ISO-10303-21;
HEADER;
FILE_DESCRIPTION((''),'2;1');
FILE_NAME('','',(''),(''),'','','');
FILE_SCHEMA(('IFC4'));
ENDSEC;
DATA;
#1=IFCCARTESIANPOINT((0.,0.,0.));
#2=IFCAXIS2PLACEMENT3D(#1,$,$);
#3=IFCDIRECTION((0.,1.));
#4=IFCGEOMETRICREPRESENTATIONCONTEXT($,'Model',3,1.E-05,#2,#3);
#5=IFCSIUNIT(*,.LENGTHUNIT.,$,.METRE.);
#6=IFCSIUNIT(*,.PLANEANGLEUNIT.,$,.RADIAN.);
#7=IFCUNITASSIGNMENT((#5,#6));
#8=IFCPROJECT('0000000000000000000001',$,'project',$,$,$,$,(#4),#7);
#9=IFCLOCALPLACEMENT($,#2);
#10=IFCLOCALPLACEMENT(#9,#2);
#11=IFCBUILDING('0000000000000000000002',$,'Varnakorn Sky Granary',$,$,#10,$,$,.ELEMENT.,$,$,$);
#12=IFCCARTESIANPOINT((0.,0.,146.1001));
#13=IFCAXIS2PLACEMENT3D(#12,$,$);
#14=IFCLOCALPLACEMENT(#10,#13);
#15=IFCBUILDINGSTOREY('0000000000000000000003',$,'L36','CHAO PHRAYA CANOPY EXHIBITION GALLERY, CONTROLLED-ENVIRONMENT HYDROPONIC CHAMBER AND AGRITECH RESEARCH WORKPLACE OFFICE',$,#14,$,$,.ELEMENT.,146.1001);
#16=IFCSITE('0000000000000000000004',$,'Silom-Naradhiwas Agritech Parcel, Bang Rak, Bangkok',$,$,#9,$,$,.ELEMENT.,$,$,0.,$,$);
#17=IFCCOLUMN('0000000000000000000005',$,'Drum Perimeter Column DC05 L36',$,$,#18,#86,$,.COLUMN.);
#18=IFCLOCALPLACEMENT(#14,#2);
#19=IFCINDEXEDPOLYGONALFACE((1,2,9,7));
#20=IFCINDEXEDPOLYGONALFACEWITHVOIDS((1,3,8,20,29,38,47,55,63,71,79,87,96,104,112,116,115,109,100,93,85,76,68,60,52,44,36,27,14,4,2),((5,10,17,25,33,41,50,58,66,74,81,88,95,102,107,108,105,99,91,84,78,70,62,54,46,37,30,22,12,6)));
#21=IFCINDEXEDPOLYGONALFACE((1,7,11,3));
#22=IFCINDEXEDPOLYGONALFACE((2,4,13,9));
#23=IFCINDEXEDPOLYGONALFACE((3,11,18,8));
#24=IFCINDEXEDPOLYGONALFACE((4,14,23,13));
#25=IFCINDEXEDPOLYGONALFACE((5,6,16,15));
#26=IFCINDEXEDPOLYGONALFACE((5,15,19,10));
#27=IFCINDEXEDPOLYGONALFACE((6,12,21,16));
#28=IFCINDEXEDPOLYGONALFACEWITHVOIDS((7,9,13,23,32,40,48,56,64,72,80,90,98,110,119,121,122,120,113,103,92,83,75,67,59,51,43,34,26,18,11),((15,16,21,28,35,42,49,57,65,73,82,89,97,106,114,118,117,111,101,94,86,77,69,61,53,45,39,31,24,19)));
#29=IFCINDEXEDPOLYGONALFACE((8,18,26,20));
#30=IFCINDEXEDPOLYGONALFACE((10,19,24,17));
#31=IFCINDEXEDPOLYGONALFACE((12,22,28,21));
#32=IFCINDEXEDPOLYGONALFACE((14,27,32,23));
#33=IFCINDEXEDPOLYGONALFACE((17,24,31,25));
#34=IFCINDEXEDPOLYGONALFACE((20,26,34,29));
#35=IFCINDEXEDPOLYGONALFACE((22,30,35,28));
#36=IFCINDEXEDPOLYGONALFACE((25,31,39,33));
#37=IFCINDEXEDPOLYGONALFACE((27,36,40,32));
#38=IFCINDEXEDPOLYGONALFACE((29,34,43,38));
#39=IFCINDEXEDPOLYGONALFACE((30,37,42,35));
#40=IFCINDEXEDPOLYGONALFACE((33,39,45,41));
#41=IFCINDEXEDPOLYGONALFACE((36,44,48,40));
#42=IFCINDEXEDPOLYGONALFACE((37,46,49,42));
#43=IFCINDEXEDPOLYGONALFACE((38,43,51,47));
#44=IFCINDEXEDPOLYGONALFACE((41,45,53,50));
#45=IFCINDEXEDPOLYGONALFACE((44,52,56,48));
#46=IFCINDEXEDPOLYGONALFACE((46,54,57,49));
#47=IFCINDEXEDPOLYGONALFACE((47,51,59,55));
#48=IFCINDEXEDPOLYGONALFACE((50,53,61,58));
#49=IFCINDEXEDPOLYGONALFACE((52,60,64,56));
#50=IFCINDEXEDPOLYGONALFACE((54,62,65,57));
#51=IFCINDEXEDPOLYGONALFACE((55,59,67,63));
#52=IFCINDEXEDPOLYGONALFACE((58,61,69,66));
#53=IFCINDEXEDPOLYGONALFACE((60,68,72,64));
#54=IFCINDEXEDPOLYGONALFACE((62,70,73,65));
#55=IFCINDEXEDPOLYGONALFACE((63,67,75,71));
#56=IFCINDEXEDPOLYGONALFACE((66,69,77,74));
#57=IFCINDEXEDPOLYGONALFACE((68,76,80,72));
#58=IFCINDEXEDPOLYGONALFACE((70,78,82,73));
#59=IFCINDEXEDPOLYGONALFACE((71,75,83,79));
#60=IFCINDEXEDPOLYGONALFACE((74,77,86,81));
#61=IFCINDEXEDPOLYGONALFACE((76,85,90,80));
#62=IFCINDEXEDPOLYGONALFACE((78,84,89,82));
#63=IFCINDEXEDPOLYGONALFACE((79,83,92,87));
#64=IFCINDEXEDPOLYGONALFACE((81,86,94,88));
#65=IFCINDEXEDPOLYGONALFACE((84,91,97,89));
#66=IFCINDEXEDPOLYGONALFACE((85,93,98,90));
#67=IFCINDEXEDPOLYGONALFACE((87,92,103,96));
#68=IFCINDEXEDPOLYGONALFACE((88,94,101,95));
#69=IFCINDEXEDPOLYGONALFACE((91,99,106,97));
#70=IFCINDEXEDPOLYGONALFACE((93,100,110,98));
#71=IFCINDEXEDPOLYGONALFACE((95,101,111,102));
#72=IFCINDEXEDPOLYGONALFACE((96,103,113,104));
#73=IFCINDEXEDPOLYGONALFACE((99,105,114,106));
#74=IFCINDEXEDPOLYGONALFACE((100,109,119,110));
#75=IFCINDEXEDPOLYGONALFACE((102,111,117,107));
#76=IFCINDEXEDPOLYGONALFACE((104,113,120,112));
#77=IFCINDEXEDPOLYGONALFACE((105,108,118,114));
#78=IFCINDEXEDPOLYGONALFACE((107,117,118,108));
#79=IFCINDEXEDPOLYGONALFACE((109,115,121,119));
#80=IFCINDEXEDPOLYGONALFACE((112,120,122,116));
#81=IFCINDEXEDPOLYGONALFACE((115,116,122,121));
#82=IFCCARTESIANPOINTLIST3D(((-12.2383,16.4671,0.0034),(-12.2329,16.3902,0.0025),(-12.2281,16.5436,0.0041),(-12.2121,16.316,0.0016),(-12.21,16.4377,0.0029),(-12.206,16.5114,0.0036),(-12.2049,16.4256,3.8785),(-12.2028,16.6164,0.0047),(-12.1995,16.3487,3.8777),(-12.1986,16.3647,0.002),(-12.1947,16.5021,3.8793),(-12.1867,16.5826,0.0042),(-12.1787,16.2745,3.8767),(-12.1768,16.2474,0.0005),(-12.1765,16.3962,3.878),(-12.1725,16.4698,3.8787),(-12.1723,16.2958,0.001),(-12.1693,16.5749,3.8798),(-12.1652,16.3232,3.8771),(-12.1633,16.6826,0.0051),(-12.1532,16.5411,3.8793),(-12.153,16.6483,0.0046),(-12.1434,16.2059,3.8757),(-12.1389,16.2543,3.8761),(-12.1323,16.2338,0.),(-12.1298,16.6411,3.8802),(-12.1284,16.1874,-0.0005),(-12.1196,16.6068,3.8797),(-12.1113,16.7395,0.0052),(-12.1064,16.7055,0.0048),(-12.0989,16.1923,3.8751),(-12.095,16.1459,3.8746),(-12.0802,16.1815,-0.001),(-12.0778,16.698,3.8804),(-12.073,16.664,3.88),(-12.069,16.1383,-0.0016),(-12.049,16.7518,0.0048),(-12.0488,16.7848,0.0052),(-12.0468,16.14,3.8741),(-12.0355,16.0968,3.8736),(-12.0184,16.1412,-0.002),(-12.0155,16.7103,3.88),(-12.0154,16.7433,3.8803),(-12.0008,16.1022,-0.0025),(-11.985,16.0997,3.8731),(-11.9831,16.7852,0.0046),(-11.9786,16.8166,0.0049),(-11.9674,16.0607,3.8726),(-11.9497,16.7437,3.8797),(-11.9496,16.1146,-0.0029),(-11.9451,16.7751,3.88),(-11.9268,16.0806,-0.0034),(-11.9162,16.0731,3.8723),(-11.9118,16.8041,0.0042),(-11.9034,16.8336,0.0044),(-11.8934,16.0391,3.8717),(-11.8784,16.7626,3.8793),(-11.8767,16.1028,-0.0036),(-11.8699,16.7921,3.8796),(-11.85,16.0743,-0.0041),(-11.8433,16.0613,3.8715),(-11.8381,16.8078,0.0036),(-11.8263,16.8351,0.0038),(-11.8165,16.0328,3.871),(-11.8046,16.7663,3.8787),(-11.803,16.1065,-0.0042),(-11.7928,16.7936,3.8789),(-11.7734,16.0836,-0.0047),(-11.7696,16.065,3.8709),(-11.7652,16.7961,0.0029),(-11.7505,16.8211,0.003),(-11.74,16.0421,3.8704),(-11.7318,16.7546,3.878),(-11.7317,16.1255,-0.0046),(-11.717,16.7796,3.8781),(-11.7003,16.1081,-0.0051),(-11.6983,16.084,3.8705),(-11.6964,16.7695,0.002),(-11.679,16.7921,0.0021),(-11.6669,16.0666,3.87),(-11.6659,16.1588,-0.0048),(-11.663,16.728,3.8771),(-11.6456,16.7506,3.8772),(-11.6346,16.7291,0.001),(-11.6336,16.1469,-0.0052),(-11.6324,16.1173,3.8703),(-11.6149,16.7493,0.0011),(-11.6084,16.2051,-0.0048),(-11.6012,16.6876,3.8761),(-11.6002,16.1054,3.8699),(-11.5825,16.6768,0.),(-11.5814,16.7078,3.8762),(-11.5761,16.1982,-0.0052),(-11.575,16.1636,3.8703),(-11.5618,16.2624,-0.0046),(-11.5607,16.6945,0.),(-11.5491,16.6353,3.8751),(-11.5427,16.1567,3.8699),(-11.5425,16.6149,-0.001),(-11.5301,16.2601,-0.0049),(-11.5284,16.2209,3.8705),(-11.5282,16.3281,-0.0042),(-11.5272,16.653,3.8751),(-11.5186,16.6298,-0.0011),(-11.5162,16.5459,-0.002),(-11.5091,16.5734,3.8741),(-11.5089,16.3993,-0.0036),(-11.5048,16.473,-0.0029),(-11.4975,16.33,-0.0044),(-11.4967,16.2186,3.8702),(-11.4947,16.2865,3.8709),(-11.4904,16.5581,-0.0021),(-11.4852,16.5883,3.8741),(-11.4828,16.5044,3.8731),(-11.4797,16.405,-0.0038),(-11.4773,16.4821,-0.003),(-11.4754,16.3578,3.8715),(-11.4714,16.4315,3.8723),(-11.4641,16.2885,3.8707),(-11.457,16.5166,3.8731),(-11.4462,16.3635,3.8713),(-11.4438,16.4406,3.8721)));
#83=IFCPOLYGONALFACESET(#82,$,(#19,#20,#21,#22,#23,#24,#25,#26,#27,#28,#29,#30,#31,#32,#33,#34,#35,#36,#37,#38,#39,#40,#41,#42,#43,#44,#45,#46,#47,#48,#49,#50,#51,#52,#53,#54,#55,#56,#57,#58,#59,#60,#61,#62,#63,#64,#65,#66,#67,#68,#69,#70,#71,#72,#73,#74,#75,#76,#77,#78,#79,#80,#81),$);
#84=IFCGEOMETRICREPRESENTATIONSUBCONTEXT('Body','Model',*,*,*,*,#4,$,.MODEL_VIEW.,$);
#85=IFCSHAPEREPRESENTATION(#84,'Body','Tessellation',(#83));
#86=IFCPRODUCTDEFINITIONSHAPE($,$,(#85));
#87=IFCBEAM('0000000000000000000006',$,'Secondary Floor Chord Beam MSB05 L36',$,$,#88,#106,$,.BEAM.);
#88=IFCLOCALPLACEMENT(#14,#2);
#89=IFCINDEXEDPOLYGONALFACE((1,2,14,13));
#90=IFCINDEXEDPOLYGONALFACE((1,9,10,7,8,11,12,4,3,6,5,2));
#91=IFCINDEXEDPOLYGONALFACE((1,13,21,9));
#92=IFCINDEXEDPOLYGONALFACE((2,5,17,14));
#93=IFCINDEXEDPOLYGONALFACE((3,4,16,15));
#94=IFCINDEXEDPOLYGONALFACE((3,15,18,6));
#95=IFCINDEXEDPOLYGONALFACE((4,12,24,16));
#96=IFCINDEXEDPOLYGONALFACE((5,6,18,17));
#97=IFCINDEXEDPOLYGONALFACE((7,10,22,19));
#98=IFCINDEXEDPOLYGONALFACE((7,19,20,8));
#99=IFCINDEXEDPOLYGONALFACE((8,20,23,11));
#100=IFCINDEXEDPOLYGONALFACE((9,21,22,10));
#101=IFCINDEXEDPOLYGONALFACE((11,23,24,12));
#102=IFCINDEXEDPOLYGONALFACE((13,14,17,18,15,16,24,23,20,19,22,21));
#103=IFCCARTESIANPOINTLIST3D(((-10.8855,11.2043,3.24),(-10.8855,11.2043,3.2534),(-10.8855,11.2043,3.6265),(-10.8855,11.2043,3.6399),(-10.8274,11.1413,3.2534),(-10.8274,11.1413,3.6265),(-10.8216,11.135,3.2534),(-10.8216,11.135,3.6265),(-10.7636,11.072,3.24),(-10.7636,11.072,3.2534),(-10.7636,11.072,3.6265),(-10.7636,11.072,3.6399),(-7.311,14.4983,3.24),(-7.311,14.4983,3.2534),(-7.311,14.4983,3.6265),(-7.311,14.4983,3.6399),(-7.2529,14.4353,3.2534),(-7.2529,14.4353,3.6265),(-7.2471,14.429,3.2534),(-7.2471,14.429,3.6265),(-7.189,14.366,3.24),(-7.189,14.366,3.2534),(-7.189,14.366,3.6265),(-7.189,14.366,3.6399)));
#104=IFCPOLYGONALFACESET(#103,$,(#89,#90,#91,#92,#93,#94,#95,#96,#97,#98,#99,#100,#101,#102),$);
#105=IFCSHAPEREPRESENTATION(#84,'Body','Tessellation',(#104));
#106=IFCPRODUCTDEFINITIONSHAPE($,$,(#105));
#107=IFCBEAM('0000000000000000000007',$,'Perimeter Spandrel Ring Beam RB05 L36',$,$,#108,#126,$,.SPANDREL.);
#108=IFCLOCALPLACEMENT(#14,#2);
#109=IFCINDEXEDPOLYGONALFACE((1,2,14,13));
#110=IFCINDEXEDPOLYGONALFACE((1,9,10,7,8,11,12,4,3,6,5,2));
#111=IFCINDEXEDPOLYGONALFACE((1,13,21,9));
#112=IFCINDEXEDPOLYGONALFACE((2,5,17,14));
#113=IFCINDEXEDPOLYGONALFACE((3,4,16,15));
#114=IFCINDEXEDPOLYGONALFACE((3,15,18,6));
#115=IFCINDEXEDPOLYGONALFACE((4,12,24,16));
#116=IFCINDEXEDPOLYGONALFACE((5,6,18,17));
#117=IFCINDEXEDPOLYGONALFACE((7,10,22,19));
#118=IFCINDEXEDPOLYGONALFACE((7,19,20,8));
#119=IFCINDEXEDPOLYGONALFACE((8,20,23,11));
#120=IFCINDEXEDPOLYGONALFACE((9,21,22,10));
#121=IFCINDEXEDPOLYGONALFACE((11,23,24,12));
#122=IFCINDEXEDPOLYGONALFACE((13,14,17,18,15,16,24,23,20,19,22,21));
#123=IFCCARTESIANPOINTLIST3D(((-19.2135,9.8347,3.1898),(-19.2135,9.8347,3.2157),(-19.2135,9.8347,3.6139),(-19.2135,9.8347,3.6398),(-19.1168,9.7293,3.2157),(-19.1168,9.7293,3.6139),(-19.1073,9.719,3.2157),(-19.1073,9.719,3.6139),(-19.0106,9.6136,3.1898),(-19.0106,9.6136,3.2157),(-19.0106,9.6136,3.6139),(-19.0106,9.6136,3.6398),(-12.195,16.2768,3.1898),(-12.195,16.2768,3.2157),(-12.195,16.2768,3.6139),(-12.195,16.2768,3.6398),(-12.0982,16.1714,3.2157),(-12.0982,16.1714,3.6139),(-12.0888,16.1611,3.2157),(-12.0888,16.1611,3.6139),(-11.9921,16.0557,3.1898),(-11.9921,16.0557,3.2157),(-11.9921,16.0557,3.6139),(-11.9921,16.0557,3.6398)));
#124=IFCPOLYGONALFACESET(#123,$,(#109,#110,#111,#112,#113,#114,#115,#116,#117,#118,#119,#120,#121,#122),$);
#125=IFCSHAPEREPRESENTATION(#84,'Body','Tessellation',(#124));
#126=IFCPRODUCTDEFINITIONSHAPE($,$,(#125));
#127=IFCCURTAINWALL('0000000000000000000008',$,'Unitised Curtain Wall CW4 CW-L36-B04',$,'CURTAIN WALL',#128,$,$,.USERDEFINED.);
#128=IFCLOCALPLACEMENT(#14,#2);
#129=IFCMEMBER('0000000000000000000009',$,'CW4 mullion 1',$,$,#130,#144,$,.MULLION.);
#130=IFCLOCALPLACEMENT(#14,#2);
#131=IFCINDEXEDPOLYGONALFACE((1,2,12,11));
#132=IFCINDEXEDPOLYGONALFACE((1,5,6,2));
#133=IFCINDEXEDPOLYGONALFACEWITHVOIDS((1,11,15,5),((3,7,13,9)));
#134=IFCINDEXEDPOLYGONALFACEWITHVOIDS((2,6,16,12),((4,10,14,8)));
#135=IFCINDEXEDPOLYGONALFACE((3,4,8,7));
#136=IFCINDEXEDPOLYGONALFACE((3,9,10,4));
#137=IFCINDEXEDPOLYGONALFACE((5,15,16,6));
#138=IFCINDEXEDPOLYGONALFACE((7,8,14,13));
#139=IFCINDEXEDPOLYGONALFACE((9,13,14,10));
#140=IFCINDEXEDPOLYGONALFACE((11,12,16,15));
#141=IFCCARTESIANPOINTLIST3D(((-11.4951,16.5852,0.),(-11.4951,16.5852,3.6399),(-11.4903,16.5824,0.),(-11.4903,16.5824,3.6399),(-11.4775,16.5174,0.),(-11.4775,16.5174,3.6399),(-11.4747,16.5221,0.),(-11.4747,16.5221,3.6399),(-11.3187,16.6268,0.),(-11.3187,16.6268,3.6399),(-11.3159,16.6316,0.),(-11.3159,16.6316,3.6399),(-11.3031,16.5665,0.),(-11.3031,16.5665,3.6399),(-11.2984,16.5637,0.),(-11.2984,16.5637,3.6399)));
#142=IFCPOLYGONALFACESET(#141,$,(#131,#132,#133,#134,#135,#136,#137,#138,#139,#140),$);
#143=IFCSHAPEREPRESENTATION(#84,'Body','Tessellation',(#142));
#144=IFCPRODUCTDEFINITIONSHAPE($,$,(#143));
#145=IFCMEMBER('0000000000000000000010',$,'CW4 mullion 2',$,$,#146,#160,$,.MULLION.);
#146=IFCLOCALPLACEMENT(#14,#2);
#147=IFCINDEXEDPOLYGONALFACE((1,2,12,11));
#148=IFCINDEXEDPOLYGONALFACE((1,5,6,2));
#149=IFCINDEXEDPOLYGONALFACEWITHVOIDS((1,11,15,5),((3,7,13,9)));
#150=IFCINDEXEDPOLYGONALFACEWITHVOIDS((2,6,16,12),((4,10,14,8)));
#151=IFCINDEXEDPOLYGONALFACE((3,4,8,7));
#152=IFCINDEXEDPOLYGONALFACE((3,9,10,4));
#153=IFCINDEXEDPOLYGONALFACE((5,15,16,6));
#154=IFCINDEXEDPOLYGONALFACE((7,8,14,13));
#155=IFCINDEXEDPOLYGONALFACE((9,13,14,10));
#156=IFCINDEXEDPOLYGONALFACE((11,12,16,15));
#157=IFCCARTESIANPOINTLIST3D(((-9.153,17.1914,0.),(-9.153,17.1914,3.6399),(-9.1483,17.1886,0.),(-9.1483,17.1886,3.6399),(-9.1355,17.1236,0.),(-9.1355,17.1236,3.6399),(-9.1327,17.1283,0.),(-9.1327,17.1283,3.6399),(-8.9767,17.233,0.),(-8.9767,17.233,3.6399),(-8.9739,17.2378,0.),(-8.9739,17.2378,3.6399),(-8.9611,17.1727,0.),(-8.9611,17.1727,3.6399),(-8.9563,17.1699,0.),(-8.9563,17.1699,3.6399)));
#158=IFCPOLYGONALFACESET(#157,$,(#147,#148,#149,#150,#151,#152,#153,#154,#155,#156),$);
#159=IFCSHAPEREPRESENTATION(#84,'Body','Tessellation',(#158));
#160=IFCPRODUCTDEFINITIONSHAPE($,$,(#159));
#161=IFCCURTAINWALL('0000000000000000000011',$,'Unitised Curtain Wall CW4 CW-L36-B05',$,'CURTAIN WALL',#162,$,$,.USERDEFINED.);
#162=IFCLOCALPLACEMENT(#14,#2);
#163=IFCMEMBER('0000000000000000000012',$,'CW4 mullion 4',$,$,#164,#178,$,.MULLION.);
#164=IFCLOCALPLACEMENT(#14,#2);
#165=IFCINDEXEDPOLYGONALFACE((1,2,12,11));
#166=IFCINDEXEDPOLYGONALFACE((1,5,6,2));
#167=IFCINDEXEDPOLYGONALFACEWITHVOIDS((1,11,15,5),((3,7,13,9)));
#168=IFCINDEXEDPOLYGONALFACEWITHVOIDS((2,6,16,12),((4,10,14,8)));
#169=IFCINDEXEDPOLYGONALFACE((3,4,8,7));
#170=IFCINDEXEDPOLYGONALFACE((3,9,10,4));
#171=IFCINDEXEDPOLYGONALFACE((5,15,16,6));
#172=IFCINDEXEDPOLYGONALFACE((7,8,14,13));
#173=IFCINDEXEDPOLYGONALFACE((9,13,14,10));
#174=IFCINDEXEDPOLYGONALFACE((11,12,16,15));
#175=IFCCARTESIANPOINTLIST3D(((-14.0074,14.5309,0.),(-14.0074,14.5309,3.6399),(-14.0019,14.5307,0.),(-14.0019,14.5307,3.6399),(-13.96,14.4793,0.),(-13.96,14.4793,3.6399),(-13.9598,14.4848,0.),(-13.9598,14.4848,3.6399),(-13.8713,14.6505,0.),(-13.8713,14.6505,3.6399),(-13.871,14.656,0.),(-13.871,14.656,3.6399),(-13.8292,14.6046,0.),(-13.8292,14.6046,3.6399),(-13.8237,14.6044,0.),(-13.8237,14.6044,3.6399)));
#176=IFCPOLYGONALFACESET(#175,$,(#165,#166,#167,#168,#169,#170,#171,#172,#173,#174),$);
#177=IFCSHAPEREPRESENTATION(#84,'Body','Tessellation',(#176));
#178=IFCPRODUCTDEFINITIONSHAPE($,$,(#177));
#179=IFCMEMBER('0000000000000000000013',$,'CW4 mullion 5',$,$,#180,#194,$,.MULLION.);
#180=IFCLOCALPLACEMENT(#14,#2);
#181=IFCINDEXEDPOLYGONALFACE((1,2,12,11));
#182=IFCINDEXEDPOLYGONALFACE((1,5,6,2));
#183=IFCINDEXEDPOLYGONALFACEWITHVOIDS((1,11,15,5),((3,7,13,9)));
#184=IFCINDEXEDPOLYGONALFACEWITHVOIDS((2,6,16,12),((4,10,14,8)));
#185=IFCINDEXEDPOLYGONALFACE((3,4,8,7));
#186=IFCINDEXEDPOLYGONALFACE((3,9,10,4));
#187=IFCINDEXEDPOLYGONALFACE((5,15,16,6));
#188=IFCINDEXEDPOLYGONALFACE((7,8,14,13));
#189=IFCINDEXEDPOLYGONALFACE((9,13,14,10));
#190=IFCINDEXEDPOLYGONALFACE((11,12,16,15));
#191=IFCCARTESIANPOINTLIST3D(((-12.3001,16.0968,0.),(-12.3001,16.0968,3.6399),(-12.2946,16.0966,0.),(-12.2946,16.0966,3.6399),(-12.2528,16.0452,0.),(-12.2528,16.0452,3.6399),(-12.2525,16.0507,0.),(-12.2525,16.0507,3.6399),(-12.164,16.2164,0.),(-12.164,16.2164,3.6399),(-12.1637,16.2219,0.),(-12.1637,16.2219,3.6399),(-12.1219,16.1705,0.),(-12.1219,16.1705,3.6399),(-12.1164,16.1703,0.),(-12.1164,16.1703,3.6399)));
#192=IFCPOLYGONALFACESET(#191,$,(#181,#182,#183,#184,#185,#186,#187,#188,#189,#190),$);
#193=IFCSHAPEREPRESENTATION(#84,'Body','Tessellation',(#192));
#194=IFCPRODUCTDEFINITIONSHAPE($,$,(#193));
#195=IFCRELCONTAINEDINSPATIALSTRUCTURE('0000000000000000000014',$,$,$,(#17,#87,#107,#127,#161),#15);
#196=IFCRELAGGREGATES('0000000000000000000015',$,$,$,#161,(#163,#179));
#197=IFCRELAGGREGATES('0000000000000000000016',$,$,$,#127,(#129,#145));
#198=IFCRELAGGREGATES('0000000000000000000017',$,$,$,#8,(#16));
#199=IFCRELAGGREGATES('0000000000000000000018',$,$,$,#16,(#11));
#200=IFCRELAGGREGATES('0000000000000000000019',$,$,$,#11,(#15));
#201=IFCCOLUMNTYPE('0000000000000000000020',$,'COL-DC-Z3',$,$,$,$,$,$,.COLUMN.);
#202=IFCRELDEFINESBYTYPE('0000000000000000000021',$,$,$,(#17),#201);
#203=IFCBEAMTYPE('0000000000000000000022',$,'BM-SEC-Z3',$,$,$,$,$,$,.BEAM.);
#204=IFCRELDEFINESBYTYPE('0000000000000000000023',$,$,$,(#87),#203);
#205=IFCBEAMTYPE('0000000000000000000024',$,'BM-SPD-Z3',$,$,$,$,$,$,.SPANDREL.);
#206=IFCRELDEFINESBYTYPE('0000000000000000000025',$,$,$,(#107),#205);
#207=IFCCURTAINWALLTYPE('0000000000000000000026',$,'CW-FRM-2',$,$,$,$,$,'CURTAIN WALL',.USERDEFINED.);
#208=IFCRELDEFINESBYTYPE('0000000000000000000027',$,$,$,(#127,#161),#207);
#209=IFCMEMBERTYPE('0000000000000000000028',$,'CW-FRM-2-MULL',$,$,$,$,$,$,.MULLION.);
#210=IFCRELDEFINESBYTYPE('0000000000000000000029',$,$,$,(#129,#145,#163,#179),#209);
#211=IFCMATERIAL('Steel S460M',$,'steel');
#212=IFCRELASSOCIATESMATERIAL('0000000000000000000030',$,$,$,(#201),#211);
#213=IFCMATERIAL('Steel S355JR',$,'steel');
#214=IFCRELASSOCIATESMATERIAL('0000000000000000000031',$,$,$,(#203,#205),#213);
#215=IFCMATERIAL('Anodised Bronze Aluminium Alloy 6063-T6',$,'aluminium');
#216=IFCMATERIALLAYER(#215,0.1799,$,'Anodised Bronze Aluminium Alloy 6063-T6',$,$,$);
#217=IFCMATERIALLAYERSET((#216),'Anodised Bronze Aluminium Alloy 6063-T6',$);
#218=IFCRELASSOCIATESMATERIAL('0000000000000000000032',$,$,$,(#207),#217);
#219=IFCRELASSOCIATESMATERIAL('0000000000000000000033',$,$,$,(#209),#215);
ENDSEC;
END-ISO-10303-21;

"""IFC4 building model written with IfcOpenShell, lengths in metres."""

from ifc_helpers import new_model, si_unit, direction, frame, origin, origin_2d, place, context, subcontext, project, spatial, hollow_rectangle, hollow_circle, i_section, extrude, material, layer, layer_set, material_profile, profile_set, type_object, element, aggregate, save


model = new_model("IFC4")

# Units and contexts
model_context = context("Model", 3, precision=1e-05, world=origin(), true_north=direction((0.0, 1.0)))
body_context = subcontext(model_context, "Body", "Model", "MODEL_VIEW")
ifc_project = project(units=[si_unit("LENGTHUNIT", "METRE"), si_unit("PLANEANGLEUNIT", "RADIAN")], contexts=[model_context])

# Site, building, storey
site_placement = place(None, origin())
site = spatial("IfcSite", under=ifc_project, at=site_placement, Name="Silom-Naradhiwas Agritech Parcel, Bang Rak, Bangkok", CompositionType="ELEMENT", RefElevation=0.0)
building_placement = place(site_placement, origin())
building = spatial("IfcBuilding", under=site, at=building_placement, Name="Varnakorn Sky Granary", CompositionType="ELEMENT")
storey_placement = place(building_placement, frame((0.0, 0.0, 146.1001)))
storey = spatial("IfcBuildingStorey", under=building, at=storey_placement, Name="L36", Description="CHAO PHRAYA CANOPY EXHIBITION GALLERY, CONTROLLED-ENVIRONMENT HYDROPONIC CHAMBER AND AGRITECH RESEARCH WORKPLACE OFFICE", CompositionType="ELEMENT", Elevation=146.1001)

# Column
ifc_material_1 = material(Name="Steel S460M", Category="steel")
ifc_material_profile_1 = material_profile(ifc_material_1, hollow_circle(Radius=0.3811, WallThickness=0.0281, at=origin_2d()), Name="CHS 762x28")
ifc_profile_set_1 = profile_set([ifc_material_profile_1], Name="Steel S460M")
column_type = type_object("IfcColumnType", Name="COL-DC-Z3", PredefinedType="COLUMN", material=ifc_profile_set_1)
column_placement = place(storey_placement, frame((-11.8574, 16.4553, 0.0), z_axis=(0.008631, -0.01071, 0.999905), x_axis=(0.77863, 0.627484, 0.0)))
element("IfcColumn", 1, at=column_placement, inside=storey, type_object=column_type, Name="Drum Perimeter Column DC05 L36", PredefinedType="COLUMN", context=body_context, shape_type="SweptSolid", body=[
    extrude(hollow_circle(Radius=0.3811, WallThickness=0.0281, at=origin_2d()), origin(), (0.0, 0.0, 1.0), 3.8755),
])

# Beams
ifc_material_2 = material(Name="Steel S355JR", Category="steel")
ifc_material_profile_2 = material_profile(ifc_material_2, i_section(OverallWidth=0.1799, OverallDepth=0.3999, WebThickness=0.0085, FlangeThickness=0.0134, at=origin_2d()), Name="IPE 400")
ifc_profile_set_2 = profile_set([ifc_material_profile_2], Name="Steel S355JR")
beam_type_1 = type_object("IfcBeamType", Name="BM-SEC-Z3", PredefinedType="BEAM", material=ifc_profile_set_2)
beam_1_placement = place(storey_placement, frame((-7.25, 14.4321, 3.4399), z_axis=(-0.735373, -0.677662, 0.0), x_axis=(0.677662, -0.735373, 0.0)))
element("IfcBeam", 2, at=beam_1_placement, inside=storey, type_object=beam_type_1, Name="Secondary Floor Chord Beam MSB05 L36", PredefinedType="BEAM", context=body_context, shape_type="SweptSolid", body=[
    extrude(i_section(OverallWidth=0.1799, OverallDepth=0.3999, WebThickness=0.0085, FlangeThickness=0.0134, at=origin_2d()), origin(), (0.0, 0.0, 1.0), 4.8608),
])
ifc_material_profile_3 = material_profile(ifc_material_2, i_section(OverallWidth=0.3, OverallDepth=0.45, WebThickness=0.0139, FlangeThickness=0.0259, at=origin_2d()), Name="HE 450 B")
ifc_profile_set_3 = profile_set([ifc_material_profile_3], Name="Steel S355JR")
beam_type_2 = type_object("IfcBeamType", Name="BM-SPD-Z3", PredefinedType="SPANDREL", material=ifc_profile_set_3)
beam_2_placement = place(storey_placement, frame((-12.0935, 16.1663, 3.4148), z_axis=(-0.736711, -0.676207, 0.0), x_axis=(0.676207, -0.736711, 0.0)))
element("IfcBeam", 3, at=beam_2_placement, inside=storey, type_object=beam_type_2, Name="Perimeter Spandrel Ring Beam RB05 L36", PredefinedType="SPANDREL", context=body_context, shape_type="SweptSolid", body=[
    extrude(i_section(OverallWidth=0.3, OverallDepth=0.45, WebThickness=0.0139, FlangeThickness=0.0259, at=origin_2d()), origin(), (0.0, 0.0, 1.0), 9.5269),
])

# Curtain walls, members
ifc_material_3 = material(Name="Anodised Bronze Aluminium Alloy 6063-T6", Category="aluminium")
ifc_layer_1 = layer(ifc_material_3, 0.1799, Name="Anodised Bronze Aluminium Alloy 6063-T6")
ifc_layer_set_1 = layer_set([ifc_layer_1], Name="Anodised Bronze Aluminium Alloy 6063-T6")
curtain_wall_type = type_object("IfcCurtainWallType", Name="CW-FRM-2", ElementType="CURTAIN WALL", PredefinedType="USERDEFINED", material=ifc_layer_set_1)
curtain_wall_1_placement = place(storey_placement, origin())
curtain_wall_1 = element("IfcCurtainWall", 4, at=curtain_wall_1_placement, inside=storey, type_object=curtain_wall_type, Name="Unitised Curtain Wall CW4 CW-L36-B04", ObjectType="CURTAIN WALL", PredefinedType="USERDEFINED")
ifc_material_profile_4 = material_profile(ifc_material_3, hollow_rectangle(XDim=0.0701, YDim=0.1851, WallThickness=0.0039, at=origin_2d()), Name="ALU MULL 70x185")
ifc_profile_set_4 = profile_set([ifc_material_profile_4], Name="Anodised Bronze Aluminium Alloy 6063-T6")
member_type_1 = type_object("IfcMemberType", Name="CW-FRM-2-MULL", PredefinedType="MULLION", material=ifc_profile_set_4)
member_1_placement = place(storey_placement, frame((-11.3967, 16.5745, 0.0), z_axis=(0.0, 0.0, 1.0), x_axis=(-0.250559, 0.968101, 0.0)))
member_1 = element("IfcMember", 5, at=member_1_placement, type_object=member_type_1, Name="CW4 mullion 1", PredefinedType="MULLION", context=body_context, shape_type="SweptSolid", body=[
    extrude(hollow_rectangle(XDim=0.0701, YDim=0.1851, WallThickness=0.0039, at=origin_2d()), origin(), (0.0, 0.0, 1.0), 3.6399),
])
member_2_placement = place(storey_placement, frame((-9.0547, 17.1807, 0.0), z_axis=(0.0, 0.0, 1.0), x_axis=(-0.250559, 0.968101, 0.0)))
member_2 = element("IfcMember", 6, at=member_2_placement, type_object=member_type_1, Name="CW4 mullion 2", PredefinedType="MULLION", context=body_context, shape_type="SweptSolid", body=[
    extrude(hollow_rectangle(XDim=0.0701, YDim=0.1851, WallThickness=0.0039, at=origin_2d()), origin(), (0.0, 0.0, 1.0), 3.6399),
])
curtain_wall_2_placement = place(storey_placement, origin())
curtain_wall_2 = element("IfcCurtainWall", 7, at=curtain_wall_2_placement, inside=storey, type_object=curtain_wall_type, Name="Unitised Curtain Wall CW4 CW-L36-B05", ObjectType="CURTAIN WALL", PredefinedType="USERDEFINED")
member_3_placement = place(storey_placement, frame((-13.9155, 14.5676, 0.0), z_axis=(0.0, 0.0, 1.0), x_axis=(-0.67596, 0.736938, 0.0)))
member_3 = element("IfcMember", 8, at=member_3_placement, type_object=member_type_1, Name="CW4 mullion 4", PredefinedType="MULLION", context=body_context, shape_type="SweptSolid", body=[
    extrude(hollow_rectangle(XDim=0.0701, YDim=0.1851, WallThickness=0.0039, at=origin_2d()), origin(), (0.0, 0.0, 1.0), 3.6399),
])
member_4_placement = place(storey_placement, frame((-12.2083, 16.1335, 0.0), z_axis=(0.0, 0.0, 1.0), x_axis=(-0.67596, 0.736938, 0.0)))
member_4 = element("IfcMember", 9, at=member_4_placement, type_object=member_type_1, Name="CW4 mullion 5", PredefinedType="MULLION", context=body_context, shape_type="SweptSolid", body=[
    extrude(hollow_rectangle(XDim=0.0701, YDim=0.1851, WallThickness=0.0039, at=origin_2d()), origin(), (0.0, 0.0, 1.0), 3.6399),
])

aggregate(curtain_wall_2, [member_3, member_4])
aggregate(curtain_wall_1, [member_1, member_2])

save(model, "model.ifc")
